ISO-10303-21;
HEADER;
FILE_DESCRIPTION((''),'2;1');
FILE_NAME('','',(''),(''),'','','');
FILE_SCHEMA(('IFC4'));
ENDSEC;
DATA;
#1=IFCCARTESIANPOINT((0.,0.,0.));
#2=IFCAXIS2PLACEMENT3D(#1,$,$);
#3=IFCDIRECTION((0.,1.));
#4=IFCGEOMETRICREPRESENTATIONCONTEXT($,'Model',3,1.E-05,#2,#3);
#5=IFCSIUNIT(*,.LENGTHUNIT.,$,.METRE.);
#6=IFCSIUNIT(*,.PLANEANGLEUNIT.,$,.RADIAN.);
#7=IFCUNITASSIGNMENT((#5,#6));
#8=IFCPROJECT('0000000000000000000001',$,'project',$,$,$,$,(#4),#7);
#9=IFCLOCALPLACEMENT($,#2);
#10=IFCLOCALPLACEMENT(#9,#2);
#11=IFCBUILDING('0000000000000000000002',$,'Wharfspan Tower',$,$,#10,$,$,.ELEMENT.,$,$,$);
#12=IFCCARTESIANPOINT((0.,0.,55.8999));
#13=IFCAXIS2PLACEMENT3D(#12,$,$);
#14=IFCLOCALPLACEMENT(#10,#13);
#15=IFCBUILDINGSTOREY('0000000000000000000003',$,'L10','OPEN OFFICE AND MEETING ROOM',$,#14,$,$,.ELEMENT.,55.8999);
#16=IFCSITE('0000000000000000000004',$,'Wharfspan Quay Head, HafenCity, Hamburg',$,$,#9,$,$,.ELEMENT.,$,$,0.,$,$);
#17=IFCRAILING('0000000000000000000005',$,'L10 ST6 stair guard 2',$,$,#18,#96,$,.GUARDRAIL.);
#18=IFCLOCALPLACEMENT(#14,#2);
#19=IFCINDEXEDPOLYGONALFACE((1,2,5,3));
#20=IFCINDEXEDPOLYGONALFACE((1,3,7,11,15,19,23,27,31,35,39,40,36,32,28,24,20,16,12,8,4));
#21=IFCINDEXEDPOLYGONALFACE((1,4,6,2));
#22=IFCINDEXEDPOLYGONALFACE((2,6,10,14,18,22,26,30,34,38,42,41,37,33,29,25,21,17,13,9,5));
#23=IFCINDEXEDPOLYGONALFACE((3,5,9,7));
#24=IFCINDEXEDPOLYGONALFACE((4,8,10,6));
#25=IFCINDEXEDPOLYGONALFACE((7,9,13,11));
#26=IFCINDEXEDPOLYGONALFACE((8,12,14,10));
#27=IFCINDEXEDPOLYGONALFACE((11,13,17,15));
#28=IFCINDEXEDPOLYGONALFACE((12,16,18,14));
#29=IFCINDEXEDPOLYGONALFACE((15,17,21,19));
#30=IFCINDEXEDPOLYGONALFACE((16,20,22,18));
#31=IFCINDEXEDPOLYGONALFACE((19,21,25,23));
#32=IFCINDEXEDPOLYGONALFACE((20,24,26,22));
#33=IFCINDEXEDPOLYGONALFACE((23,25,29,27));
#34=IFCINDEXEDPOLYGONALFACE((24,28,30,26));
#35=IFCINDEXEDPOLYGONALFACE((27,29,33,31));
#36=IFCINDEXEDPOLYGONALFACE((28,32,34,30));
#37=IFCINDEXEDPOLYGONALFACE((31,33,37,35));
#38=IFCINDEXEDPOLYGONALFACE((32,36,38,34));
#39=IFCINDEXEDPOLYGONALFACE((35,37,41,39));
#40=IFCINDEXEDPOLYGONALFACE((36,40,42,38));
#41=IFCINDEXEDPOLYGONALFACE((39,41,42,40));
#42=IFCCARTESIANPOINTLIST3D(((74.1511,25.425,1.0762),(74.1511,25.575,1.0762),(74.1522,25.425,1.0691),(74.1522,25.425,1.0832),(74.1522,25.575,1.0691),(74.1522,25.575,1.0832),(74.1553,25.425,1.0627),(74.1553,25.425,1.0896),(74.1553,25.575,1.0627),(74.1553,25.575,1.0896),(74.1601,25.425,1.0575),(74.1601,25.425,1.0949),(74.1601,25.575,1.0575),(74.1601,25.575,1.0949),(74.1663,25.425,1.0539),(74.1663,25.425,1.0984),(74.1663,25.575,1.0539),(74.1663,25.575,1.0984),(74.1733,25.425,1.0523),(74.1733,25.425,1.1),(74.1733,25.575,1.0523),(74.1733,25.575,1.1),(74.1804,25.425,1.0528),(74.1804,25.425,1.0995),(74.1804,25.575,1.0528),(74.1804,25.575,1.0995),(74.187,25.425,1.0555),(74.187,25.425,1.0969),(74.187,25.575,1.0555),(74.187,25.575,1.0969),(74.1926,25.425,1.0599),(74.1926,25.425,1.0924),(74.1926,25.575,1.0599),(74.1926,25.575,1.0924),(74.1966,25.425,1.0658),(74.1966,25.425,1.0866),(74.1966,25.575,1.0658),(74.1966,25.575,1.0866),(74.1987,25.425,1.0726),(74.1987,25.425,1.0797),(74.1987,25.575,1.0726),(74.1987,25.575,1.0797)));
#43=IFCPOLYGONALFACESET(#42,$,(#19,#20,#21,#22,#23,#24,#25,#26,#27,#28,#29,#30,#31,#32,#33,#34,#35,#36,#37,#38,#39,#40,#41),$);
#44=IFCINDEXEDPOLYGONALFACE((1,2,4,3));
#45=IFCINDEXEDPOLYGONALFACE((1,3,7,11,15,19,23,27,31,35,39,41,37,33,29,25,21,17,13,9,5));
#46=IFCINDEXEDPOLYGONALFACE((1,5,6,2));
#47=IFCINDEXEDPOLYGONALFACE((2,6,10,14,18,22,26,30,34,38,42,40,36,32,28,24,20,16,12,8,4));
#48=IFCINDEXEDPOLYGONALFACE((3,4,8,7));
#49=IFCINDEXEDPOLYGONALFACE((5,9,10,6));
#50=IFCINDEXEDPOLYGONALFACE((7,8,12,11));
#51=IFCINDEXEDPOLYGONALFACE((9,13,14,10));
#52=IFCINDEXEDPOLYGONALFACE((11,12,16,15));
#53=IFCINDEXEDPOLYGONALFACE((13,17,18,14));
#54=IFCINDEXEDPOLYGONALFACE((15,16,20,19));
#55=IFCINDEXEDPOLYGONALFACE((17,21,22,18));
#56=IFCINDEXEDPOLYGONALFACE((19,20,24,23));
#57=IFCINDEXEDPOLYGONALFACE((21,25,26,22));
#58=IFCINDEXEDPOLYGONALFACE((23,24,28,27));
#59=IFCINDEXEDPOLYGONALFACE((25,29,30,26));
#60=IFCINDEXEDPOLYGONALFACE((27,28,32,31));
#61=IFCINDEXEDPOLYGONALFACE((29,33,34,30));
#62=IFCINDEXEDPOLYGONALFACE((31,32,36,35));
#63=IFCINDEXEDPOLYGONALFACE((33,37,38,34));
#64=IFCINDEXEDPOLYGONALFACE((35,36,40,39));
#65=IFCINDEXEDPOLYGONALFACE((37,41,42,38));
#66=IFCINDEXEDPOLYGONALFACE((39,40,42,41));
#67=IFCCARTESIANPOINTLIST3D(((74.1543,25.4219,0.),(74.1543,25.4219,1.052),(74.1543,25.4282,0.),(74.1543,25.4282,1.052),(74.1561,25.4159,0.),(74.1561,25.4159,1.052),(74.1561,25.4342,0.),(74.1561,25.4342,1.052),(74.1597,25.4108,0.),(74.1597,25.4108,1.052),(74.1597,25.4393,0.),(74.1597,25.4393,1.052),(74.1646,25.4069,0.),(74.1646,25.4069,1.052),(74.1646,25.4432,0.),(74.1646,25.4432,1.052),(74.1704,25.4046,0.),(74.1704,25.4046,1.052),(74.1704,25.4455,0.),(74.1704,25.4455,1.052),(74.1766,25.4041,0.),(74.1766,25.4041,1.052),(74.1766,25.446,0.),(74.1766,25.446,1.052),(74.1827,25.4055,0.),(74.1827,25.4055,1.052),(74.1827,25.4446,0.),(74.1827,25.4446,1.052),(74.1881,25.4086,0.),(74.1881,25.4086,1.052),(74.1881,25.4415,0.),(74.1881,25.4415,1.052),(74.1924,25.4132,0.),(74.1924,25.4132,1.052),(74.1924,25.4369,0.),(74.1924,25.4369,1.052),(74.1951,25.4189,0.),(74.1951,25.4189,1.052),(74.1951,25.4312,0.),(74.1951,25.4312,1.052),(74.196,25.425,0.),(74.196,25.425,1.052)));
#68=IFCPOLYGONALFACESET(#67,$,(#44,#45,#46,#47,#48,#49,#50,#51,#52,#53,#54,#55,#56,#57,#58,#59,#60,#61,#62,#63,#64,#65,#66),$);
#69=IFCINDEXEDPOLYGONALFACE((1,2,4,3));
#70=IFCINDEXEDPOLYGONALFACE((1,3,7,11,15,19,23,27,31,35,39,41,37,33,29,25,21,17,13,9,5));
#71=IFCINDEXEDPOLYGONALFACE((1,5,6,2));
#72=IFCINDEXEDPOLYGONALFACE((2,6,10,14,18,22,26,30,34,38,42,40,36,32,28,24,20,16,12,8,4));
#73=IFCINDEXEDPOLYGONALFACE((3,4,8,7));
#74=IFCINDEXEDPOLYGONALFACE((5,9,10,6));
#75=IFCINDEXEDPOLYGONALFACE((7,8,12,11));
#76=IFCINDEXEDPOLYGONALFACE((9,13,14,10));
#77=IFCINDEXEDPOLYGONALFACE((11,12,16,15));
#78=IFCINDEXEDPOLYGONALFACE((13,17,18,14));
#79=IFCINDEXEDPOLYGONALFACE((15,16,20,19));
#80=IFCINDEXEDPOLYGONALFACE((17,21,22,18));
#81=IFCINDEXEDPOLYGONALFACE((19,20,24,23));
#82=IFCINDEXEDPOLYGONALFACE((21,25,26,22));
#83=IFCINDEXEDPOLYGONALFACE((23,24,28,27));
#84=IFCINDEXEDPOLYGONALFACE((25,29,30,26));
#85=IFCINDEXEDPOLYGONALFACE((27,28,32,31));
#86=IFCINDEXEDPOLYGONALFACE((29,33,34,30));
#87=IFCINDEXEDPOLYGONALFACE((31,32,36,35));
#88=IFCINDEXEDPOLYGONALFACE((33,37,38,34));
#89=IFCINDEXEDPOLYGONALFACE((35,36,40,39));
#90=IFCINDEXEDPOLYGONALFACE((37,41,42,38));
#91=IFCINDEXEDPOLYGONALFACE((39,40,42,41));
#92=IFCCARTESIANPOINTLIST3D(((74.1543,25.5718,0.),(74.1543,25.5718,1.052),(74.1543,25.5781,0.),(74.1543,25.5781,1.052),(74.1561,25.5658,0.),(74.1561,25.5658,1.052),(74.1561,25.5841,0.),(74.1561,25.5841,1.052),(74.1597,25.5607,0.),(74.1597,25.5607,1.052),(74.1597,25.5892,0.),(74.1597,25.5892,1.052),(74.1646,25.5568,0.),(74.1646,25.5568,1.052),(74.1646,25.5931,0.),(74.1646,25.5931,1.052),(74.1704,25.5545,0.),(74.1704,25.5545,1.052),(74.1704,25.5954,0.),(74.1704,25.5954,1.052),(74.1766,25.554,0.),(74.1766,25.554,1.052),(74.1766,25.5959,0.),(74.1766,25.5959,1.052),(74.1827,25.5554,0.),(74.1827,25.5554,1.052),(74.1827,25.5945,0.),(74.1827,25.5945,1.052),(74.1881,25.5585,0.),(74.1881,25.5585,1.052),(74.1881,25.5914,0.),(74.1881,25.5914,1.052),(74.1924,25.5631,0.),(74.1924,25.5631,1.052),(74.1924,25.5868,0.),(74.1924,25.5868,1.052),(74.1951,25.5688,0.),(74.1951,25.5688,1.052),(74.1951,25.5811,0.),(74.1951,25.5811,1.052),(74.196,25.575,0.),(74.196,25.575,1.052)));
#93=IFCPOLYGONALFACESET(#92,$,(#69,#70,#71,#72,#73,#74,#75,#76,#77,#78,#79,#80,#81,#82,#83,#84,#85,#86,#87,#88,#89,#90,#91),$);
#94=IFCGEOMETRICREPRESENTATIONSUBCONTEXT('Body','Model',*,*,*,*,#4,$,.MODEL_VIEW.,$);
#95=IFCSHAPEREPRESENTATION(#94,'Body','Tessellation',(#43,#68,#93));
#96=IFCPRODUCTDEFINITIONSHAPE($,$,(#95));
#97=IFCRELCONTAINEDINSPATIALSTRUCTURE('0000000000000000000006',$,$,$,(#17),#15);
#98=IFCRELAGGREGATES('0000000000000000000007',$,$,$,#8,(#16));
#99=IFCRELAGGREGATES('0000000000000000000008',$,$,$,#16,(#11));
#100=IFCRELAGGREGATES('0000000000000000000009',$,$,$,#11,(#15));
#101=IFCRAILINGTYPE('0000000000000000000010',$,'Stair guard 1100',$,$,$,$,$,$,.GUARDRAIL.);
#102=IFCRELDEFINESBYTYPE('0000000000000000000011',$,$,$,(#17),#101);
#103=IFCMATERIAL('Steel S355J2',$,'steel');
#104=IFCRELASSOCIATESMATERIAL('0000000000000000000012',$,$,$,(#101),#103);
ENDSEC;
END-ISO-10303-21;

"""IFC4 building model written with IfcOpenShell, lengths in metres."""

from ifc_helpers import new_model, si_unit, direction, frame, origin, origin_2d, place, context, subcontext, project, spatial, circle, extrude, material, type_object, element, save


model = new_model("IFC4")

# Units and contexts
model_context = context("Model", 3, precision=1e-05, world=origin(), true_north=direction((0.0, 1.0)))
body_context = subcontext(model_context, "Body", "Model", "MODEL_VIEW")
ifc_project = project(units=[si_unit("LENGTHUNIT", "METRE"), si_unit("PLANEANGLEUNIT", "RADIAN")], contexts=[model_context])

# Site, building, storey
site_placement = place(None, origin())
site = spatial("IfcSite", under=ifc_project, at=site_placement, Name="Wharfspan Quay Head, HafenCity, Hamburg", CompositionType="ELEMENT", RefElevation=0.0)
building_placement = place(site_placement, origin())
building = spatial("IfcBuilding", under=site, at=building_placement, Name="Wharfspan Tower", CompositionType="ELEMENT")
storey_placement = place(building_placement, frame((0.0, 0.0, 55.8999)))
storey = spatial("IfcBuildingStorey", under=building, at=storey_placement, Name="L10", Description="OPEN OFFICE AND MEETING ROOM", CompositionType="ELEMENT", Elevation=55.8999)

# Shared definitions
ifc_material_1 = material(Name="Steel S355J2", Category="steel")

# Railing
railing_type_1 = type_object("IfcRailingType", Name="Stair guard 1100", PredefinedType="GUARDRAIL", material=ifc_material_1)
railing_1_placement = place(storey_placement, frame((74.175, 25.425, 0.0)))
element("IfcRailing", 1, at=railing_1_placement, inside=storey, type_object=railing_type_1, Name="L10 ST6 stair guard 2", PredefinedType="GUARDRAIL", context=body_context, shape_type="SweptSolid", body=[
    extrude(circle(Radius=0.0239, at=origin_2d()), frame((0.0, 0.0, 1.0762), z_axis=(0.0, 1.0, 0.0), x_axis=(-1.0, 0.0, 0.0)), (0.0, 0.0, 1.0), 0.1499),
    extrude(circle(Radius=0.021, at=origin_2d()), origin(), (0.0, 0.0, 1.0), 1.052),
    extrude(circle(Radius=0.021, at=origin_2d()), frame((0.0, 0.1499, 0.0)), (0.0, 0.0, 1.0), 1.052),
])

save(model, "model.ifc")
